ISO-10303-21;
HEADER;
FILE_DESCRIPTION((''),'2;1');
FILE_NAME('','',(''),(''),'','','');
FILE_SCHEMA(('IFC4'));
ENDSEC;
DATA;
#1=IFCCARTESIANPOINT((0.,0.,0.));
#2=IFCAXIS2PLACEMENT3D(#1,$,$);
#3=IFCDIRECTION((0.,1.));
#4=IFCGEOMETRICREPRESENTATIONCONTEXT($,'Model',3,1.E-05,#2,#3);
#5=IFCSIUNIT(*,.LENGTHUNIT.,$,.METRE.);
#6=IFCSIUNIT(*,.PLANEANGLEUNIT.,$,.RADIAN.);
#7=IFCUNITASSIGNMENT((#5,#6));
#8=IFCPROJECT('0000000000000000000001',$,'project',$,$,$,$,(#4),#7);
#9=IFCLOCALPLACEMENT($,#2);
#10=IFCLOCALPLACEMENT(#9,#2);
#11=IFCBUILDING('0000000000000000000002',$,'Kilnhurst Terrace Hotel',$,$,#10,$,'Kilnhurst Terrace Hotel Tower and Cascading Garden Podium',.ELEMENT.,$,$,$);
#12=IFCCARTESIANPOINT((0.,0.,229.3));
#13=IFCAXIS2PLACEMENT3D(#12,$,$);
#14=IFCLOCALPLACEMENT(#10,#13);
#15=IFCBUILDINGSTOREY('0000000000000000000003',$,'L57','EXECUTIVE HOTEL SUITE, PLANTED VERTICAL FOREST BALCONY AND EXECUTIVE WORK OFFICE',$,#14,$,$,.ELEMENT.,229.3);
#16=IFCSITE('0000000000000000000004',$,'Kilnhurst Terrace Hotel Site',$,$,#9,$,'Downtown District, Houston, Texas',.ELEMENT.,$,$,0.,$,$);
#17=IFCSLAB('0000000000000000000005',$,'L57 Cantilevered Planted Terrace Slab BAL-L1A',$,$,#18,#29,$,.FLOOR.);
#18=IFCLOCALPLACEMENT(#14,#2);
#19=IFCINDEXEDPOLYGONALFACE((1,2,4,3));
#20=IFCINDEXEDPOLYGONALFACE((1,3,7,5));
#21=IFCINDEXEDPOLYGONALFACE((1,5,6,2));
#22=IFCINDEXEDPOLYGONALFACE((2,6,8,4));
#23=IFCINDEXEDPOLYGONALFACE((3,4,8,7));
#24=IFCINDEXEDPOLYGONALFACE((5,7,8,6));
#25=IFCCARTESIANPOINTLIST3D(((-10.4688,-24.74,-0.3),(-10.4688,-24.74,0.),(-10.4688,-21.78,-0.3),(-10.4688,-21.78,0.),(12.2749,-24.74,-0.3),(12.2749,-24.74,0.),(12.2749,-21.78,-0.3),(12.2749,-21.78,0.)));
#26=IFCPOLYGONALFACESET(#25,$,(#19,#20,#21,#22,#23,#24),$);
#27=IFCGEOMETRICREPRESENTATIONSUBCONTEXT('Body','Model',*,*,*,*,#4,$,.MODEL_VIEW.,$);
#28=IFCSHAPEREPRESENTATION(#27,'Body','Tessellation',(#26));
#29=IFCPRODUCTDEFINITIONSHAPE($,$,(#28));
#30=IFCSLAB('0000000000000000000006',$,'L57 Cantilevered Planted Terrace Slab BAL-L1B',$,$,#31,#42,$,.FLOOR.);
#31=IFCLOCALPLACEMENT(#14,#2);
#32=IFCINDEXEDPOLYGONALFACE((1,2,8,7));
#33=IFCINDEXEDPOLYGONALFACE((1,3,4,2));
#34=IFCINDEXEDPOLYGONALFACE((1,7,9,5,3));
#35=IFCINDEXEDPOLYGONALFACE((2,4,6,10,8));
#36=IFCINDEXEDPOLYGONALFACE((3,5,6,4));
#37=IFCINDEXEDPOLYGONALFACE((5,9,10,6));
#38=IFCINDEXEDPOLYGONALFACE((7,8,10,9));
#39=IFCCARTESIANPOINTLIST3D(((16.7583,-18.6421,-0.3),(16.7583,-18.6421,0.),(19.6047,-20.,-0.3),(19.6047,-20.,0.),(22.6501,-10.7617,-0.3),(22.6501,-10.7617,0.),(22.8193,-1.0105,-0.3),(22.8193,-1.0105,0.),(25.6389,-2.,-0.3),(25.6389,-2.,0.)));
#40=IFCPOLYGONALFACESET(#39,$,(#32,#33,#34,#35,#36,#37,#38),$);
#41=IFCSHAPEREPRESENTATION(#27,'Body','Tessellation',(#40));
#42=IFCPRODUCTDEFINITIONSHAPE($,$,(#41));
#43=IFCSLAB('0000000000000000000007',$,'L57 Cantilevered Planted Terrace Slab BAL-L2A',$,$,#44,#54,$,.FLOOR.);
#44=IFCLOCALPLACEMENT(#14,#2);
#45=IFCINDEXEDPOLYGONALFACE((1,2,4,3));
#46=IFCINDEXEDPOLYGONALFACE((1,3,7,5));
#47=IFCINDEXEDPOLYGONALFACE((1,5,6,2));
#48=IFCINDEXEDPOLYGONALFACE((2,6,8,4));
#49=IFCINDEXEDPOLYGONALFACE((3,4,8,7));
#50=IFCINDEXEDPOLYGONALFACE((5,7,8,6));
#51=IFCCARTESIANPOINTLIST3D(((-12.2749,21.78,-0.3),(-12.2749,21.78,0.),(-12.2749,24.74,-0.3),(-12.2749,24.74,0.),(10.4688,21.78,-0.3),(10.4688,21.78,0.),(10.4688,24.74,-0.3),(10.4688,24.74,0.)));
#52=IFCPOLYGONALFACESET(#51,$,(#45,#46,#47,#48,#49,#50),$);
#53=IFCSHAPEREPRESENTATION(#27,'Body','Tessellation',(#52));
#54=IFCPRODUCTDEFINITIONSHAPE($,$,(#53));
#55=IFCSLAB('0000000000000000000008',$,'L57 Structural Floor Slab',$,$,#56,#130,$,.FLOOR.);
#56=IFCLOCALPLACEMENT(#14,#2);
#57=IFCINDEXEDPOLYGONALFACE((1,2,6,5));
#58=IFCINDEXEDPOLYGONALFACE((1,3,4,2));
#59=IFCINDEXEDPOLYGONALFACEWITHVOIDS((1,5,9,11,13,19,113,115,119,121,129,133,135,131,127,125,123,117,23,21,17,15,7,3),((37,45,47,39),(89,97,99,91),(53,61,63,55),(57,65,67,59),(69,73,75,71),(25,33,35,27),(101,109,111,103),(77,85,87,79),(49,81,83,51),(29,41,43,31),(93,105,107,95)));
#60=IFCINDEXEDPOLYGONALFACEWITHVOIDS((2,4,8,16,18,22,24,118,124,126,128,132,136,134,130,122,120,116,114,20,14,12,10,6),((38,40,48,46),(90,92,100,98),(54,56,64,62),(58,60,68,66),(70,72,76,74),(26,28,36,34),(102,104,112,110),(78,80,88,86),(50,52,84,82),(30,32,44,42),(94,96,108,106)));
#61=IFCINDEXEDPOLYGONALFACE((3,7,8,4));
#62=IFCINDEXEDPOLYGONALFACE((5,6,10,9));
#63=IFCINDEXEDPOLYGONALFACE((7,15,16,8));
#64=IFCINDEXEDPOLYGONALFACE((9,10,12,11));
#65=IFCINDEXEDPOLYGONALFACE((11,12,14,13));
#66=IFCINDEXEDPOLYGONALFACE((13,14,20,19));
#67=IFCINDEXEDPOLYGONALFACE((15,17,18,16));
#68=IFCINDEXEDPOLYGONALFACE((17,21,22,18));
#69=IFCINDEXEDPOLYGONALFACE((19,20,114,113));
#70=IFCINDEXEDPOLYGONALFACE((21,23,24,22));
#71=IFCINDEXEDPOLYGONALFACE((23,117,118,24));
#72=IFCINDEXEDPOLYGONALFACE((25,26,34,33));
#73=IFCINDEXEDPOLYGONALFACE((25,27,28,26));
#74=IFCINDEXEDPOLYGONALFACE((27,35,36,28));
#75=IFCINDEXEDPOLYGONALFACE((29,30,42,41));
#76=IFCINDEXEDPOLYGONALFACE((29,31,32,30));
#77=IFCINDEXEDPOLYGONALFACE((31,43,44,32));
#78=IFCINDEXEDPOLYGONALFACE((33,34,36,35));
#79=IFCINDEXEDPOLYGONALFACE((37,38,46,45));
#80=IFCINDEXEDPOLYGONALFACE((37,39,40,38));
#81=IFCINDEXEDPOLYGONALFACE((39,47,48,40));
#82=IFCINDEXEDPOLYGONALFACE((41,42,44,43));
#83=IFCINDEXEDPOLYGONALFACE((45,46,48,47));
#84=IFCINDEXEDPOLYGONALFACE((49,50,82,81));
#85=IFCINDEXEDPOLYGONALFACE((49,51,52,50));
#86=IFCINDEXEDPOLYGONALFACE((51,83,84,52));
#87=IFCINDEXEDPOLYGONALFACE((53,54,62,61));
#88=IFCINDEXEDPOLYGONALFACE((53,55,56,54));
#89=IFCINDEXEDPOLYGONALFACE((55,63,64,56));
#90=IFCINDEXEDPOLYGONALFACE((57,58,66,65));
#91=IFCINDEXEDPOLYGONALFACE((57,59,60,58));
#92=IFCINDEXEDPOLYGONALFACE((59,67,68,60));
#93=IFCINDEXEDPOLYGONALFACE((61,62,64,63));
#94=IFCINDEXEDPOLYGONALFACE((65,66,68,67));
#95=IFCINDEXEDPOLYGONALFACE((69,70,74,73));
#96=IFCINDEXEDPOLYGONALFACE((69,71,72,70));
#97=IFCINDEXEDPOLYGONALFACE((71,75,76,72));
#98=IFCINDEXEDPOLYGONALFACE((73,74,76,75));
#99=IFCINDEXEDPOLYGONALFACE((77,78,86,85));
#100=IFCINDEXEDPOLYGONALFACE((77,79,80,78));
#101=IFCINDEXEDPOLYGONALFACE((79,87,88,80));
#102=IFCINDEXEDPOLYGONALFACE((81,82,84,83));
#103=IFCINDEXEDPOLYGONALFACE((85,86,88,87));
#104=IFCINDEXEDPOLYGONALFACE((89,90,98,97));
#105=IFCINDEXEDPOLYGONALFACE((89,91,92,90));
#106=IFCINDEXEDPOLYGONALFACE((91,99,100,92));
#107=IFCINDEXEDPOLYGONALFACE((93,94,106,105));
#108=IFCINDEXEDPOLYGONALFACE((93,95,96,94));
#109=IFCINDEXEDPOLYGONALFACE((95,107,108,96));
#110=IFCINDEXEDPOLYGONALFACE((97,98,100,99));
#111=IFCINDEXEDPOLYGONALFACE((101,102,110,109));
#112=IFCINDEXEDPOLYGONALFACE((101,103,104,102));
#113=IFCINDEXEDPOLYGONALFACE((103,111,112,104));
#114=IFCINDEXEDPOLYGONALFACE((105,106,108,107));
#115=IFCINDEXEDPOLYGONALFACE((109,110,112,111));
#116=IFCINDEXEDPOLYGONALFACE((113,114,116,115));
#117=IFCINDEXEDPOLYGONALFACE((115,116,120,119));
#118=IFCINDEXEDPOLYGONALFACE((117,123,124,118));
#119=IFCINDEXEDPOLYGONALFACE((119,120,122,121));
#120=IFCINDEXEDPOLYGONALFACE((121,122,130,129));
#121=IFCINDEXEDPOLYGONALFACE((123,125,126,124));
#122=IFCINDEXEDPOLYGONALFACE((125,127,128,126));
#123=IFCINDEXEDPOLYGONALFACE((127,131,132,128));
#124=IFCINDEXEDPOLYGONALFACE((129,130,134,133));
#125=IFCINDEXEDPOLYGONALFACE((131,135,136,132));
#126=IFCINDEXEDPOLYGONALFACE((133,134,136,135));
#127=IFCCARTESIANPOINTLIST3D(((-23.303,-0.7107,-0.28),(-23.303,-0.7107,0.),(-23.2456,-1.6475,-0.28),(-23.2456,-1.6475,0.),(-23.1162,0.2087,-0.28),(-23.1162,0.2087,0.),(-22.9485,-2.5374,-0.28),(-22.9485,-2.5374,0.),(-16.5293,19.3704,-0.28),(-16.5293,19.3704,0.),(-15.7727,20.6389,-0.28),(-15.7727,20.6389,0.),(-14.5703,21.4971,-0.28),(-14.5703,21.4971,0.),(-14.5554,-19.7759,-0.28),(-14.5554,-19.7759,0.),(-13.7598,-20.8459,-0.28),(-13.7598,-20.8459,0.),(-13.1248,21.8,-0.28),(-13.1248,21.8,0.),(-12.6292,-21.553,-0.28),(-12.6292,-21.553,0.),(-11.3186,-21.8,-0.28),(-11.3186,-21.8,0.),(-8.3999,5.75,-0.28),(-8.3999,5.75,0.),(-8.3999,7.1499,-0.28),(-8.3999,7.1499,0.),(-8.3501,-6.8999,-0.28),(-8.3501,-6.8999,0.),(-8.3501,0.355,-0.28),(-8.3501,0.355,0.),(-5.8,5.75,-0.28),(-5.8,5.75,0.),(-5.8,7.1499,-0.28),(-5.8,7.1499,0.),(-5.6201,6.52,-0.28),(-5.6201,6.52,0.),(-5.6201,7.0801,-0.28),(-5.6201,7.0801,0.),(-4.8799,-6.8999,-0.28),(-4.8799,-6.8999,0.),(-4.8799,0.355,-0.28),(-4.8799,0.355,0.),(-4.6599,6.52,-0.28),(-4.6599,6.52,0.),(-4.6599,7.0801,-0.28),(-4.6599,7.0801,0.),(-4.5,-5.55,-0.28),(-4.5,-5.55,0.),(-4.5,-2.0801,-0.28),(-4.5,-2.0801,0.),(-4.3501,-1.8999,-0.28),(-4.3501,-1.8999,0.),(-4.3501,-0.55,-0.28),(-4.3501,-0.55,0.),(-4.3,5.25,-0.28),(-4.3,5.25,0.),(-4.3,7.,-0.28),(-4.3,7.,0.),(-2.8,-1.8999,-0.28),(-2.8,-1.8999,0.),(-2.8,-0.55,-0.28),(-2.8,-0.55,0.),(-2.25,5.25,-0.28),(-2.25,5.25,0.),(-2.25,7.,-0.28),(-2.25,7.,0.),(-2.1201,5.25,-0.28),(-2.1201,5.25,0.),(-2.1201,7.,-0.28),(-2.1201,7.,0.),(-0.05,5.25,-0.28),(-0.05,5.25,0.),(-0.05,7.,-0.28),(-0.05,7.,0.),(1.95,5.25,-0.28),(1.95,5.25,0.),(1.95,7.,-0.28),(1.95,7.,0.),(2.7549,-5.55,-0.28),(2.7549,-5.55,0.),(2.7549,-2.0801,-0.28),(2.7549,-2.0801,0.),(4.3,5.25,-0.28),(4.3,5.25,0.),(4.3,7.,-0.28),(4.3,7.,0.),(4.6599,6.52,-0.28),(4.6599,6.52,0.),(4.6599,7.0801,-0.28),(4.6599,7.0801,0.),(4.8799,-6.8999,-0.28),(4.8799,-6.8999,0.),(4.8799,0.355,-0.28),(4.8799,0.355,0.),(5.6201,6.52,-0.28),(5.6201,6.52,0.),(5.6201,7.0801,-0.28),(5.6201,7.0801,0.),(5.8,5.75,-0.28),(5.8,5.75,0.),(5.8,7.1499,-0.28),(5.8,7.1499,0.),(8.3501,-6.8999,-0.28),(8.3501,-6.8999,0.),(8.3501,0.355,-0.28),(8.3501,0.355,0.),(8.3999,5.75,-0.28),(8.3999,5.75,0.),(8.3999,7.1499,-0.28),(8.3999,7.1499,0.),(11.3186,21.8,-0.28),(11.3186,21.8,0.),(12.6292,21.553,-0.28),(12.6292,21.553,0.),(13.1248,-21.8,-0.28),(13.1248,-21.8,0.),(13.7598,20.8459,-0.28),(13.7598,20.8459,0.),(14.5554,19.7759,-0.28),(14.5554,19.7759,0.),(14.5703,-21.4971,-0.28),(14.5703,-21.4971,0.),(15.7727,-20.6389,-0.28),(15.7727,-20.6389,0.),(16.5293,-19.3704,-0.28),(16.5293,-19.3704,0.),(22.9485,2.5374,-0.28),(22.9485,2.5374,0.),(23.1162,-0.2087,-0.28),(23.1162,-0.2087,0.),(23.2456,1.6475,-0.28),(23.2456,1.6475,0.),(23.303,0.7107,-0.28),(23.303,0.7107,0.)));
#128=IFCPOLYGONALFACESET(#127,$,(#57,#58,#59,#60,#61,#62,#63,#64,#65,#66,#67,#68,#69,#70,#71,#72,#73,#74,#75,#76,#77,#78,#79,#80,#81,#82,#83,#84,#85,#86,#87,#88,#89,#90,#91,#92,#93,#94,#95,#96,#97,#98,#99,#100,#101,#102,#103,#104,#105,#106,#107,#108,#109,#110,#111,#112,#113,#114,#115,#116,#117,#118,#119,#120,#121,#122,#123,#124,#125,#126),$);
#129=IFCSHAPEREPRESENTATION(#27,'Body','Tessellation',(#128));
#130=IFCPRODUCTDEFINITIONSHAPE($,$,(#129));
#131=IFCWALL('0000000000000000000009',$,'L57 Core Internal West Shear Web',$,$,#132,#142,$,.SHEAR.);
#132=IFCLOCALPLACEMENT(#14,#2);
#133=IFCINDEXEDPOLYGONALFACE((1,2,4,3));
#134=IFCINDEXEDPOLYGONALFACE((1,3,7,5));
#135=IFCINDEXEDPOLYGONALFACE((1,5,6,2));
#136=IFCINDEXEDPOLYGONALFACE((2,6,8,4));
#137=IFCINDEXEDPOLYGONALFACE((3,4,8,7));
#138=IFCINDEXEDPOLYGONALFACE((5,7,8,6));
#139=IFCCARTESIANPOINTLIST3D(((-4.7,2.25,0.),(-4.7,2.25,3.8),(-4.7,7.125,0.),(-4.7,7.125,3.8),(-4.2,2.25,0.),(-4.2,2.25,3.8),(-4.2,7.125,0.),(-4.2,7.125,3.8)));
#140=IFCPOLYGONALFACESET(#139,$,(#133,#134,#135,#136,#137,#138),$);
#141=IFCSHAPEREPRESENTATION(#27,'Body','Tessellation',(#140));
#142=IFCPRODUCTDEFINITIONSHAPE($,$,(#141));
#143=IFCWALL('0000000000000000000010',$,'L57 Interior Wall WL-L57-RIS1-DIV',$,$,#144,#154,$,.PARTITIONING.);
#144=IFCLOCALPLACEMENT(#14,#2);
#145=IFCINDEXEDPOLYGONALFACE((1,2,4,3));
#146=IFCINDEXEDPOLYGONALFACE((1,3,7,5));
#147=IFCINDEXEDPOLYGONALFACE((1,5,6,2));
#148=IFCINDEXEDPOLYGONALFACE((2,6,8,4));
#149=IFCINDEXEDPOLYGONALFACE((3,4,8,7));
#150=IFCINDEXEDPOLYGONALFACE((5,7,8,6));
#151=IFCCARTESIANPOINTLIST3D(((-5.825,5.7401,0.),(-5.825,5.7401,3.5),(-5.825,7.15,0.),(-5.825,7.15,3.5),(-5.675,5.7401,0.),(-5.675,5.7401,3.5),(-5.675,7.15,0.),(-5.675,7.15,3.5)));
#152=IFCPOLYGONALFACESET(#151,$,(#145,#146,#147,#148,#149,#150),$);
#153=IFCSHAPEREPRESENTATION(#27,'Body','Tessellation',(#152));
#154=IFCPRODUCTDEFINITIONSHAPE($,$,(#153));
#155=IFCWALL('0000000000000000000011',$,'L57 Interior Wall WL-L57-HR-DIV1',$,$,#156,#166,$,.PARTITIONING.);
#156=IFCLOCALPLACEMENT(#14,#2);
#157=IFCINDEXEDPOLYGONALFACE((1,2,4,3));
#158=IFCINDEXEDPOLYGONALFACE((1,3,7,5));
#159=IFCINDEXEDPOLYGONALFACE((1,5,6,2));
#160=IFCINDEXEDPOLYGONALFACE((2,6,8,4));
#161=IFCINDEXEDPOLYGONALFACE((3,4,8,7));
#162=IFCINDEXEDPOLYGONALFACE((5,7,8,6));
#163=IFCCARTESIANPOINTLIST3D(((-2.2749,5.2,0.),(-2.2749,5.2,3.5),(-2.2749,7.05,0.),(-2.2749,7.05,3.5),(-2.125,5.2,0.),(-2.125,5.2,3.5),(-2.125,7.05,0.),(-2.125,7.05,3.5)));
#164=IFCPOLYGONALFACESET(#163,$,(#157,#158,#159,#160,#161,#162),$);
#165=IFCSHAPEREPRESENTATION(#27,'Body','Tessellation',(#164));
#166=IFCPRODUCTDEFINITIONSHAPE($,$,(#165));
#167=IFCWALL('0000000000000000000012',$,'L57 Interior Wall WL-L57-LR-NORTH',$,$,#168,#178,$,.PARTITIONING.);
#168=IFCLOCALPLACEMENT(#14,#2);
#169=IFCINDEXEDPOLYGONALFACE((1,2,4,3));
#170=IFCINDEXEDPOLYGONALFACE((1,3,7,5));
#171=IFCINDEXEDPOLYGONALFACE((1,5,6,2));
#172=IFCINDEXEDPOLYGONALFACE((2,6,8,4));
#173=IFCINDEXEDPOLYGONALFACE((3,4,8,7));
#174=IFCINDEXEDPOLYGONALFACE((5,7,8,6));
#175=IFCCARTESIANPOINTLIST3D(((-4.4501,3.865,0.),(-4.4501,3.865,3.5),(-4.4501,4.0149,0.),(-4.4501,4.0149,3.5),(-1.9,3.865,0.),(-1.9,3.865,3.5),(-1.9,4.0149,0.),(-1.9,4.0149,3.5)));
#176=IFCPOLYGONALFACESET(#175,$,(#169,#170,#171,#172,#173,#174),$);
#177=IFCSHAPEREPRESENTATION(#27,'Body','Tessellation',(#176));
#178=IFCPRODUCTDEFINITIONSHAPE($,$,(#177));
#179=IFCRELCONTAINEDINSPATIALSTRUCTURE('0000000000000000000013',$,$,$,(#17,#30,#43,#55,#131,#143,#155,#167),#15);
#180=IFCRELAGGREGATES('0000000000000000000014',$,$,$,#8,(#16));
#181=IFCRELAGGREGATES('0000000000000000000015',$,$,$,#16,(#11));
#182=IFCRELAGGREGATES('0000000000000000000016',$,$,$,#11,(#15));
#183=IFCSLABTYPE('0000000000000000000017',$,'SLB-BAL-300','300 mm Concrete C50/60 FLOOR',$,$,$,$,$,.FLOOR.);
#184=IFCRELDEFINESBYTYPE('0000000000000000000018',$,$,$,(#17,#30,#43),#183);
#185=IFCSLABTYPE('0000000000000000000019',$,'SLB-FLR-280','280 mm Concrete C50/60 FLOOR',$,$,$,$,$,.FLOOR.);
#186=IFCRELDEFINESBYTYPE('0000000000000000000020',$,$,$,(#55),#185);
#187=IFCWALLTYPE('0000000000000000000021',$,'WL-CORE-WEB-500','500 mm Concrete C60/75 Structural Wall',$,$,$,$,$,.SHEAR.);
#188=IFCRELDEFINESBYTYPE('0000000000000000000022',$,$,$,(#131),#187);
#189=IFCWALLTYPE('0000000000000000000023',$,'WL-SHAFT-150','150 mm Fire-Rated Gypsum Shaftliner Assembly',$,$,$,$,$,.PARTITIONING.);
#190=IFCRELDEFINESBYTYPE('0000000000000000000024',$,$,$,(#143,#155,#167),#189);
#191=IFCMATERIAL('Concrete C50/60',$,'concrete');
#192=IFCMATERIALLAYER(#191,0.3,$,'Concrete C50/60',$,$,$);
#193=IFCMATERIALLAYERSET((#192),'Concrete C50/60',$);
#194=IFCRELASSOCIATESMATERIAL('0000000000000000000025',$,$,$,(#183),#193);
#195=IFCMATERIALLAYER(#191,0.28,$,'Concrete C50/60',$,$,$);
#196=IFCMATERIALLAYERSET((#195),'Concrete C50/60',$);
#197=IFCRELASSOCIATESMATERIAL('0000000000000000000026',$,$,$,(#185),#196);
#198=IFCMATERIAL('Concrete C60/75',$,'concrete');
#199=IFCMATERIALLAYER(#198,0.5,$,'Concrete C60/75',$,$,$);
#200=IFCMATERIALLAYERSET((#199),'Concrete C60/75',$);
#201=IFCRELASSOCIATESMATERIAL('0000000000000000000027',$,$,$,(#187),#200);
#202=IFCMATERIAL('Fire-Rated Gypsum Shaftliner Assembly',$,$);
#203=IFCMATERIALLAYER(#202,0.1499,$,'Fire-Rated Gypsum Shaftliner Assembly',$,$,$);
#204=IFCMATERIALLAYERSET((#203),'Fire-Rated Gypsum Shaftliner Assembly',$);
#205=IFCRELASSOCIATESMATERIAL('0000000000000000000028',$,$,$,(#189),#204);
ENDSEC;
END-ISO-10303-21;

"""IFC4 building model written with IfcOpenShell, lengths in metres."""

from ifc_helpers import new_model, si_unit, direction, frame, frame_2d, origin, place, context, subcontext, project, spatial, polyline, rectangle, outline, extrude, material, layer, layer_set, type_object, element, save


model = new_model("IFC4")

# Units and contexts
model_context = context("Model", 3, precision=1e-05, world=origin(), true_north=direction((0.0, 1.0)))
body_context = subcontext(model_context, "Body", "Model", "MODEL_VIEW")
ifc_project = project(units=[si_unit("LENGTHUNIT", "METRE"), si_unit("PLANEANGLEUNIT", "RADIAN")], contexts=[model_context])

# Site, building, storey
site_placement = place(None, origin())
site = spatial("IfcSite", under=ifc_project, at=site_placement, Name="Kilnhurst Terrace Hotel Site", LongName="Downtown District, Houston, Texas", CompositionType="ELEMENT", RefElevation=0.0)
building_placement = place(site_placement, origin())
building = spatial("IfcBuilding", under=site, at=building_placement, Name="Kilnhurst Terrace Hotel", LongName="Kilnhurst Terrace Hotel Tower and Cascading Garden Podium", CompositionType="ELEMENT")
storey_placement = place(building_placement, frame((0.0, 0.0, 229.3)))
storey = spatial("IfcBuildingStorey", under=building, at=storey_placement, Name="L57", Description="EXECUTIVE HOTEL SUITE, PLANTED VERTICAL FOREST BALCONY AND EXECUTIVE WORK OFFICE", CompositionType="ELEMENT", Elevation=229.3)

# Slabs
ifc_material_1 = material(Name="Concrete C50/60", Category="concrete")
ifc_layer_1 = layer(ifc_material_1, 0.3, Name="Concrete C50/60")
ifc_layer_set_1 = layer_set([ifc_layer_1], Name="Concrete C50/60")
slab_type_1 = type_object("IfcSlabType", Name="SLB-BAL-300", Description="300 mm Concrete C50/60 FLOOR", PredefinedType="FLOOR", material=ifc_layer_set_1)
slab_1_placement = place(storey_placement, frame((0.0, 0.0, -0.3)))
element("IfcSlab", 1, at=slab_1_placement, inside=storey, type_object=slab_type_1, Name="L57 Cantilevered Planted Terrace Slab BAL-L1A", PredefinedType="FLOOR", context=body_context, shape_type="SweptSolid", body=[
    extrude(outline(polyline([(-10.4688, -21.78), (12.2749, -21.78), (12.2749, -24.74), (-10.4688, -24.74), (-10.4688, -21.78)])), origin(), (0.0, 0.0, 1.0), 0.3),
])
slab_2_placement = place(storey_placement, frame((0.0, 0.0, -0.3)))
element("IfcSlab", 2, at=slab_2_placement, inside=storey, type_object=slab_type_1, Name="L57 Cantilevered Planted Terrace Slab BAL-L1B", PredefinedType="FLOOR", context=body_context, shape_type="SweptSolid", body=[
    extrude(outline(polyline([(19.6047, -20.0), (16.7583, -18.6421), (22.8193, -1.0105), (25.6389, -2.0), (22.6501, -10.7617), (19.6047, -20.0)])), origin(), (0.0, 0.0, 1.0), 0.3),
])
slab_3_placement = place(storey_placement, frame((0.0, 0.0, -0.3)))
element("IfcSlab", 3, at=slab_3_placement, inside=storey, type_object=slab_type_1, Name="L57 Cantilevered Planted Terrace Slab BAL-L2A", PredefinedType="FLOOR", context=body_context, shape_type="SweptSolid", body=[
    extrude(outline(polyline([(-12.2749, 21.78), (-12.2749, 24.74), (10.4688, 24.74), (10.4688, 21.78), (-12.2749, 21.78)])), origin(), (0.0, 0.0, 1.0), 0.3),
])
ifc_layer_2 = layer(ifc_material_1, 0.28, Name="Concrete C50/60")
ifc_layer_set_2 = layer_set([ifc_layer_2], Name="Concrete C50/60")
slab_type_2 = type_object("IfcSlabType", Name="SLB-FLR-280", Description="280 mm Concrete C50/60 FLOOR", PredefinedType="FLOOR", material=ifc_layer_set_2)
slab_4_placement = place(storey_placement, frame((0.0, 0.0, -0.28)))
element("IfcSlab", 4, at=slab_4_placement, inside=storey, type_object=slab_type_2, Name="L57 Structural Floor Slab", PredefinedType="FLOOR", context=body_context, shape_type="SweptSolid", body=[
    extrude(outline(polyline([(-14.5554, -19.7759), (-13.7598, -20.8459), (-12.6292, -21.553), (-11.3186, -21.8), (13.1248, -21.8), (14.5703, -21.4971), (15.7727, -20.6389), (16.5293, -19.3704), (23.1162, -0.2087), (23.303, 0.7107), (23.2456, 1.6475), (22.9485, 2.5374), (14.5554, 19.7759), (13.7598, 20.8459), (12.6292, 21.553), (11.3186, 21.8), (-13.1248, 21.8), (-14.5703, 21.4971), (-15.7727, 20.6389), (-16.5293, 19.3704), (-23.1162, 0.2087), (-23.303, -0.7107), (-23.2456, -1.6475), (-22.9485, -2.5374), (-14.5554, -19.7759)]), holes=[polyline([(-8.3501, 0.355), (-4.8799, 0.355), (-4.8799, -6.8999), (-8.3501, -6.8999), (-8.3501, 0.355)]), polyline([(-2.8, -1.8999), (-4.3501, -1.8999), (-4.3501, -0.55), (-2.8, -0.55), (-2.8, -1.8999)]), polyline([(-2.25, 5.25), (-4.3, 5.25), (-4.3, 7.0), (-2.25, 7.0), (-2.25, 5.25)]), polyline([(-2.1201, 5.25), (-2.1201, 7.0), (-0.05, 7.0), (-0.05, 5.25), (-2.1201, 5.25)]), polyline([(-8.3999, 5.75), (-8.3999, 7.1499), (-5.8, 7.1499), (-5.8, 5.75), (-8.3999, 5.75)]), polyline([(-4.6599, 6.52), (-5.6201, 6.52), (-5.6201, 7.0801), (-4.6599, 7.0801), (-4.6599, 6.52)]), polyline([(2.7549, -5.55), (-4.5, -5.55), (-4.5, -2.0801), (2.7549, -2.0801), (2.7549, -5.55)]), polyline([(8.3501, 0.355), (8.3501, -6.8999), (4.8799, -6.8999), (4.8799, 0.355), (8.3501, 0.355)]), polyline([(4.3, 5.25), (1.95, 5.25), (1.95, 7.0), (4.3, 7.0), (4.3, 5.25)]), polyline([(5.8, 5.75), (5.8, 7.1499), (8.3999, 7.1499), (8.3999, 5.75), (5.8, 5.75)]), polyline([(4.6599, 6.52), (4.6599, 7.0801), (5.6201, 7.0801), (5.6201, 6.52), (4.6599, 6.52)])]), origin(), (0.0, 0.0, 1.0), 0.28),
])

# Walls
ifc_material_2 = material(Name="Concrete C60/75", Category="concrete")
ifc_layer_3 = layer(ifc_material_2, 0.5, Name="Concrete C60/75")
ifc_layer_set_3 = layer_set([ifc_layer_3], Name="Concrete C60/75")
wall_type_1 = type_object("IfcWallType", Name="WL-CORE-WEB-500", Description="500 mm Concrete C60/75 Structural Wall", PredefinedType="SHEAR", material=ifc_layer_set_3)
wall_1_placement = place(storey_placement, frame((-4.45, 2.25, 0.0), z_axis=(0.0, 0.0, 1.0), x_axis=(0.0, 1.0, 0.0)))
element("IfcWall", 5, at=wall_1_placement, inside=storey, type_object=wall_type_1, Name="L57 Core Internal West Shear Web", PredefinedType="SHEAR", context=body_context, shape_type="SweptSolid", body=[
    extrude(rectangle(XDim=4.875, YDim=0.5, at=frame_2d((2.4375, 0.0))), origin(), (0.0, 0.0, 1.0), 3.8),
])
ifc_material_3 = material(Name="Fire-Rated Gypsum Shaftliner Assembly")
ifc_layer_4 = layer(ifc_material_3, 0.1499, Name="Fire-Rated Gypsum Shaftliner Assembly")
ifc_layer_set_4 = layer_set([ifc_layer_4], Name="Fire-Rated Gypsum Shaftliner Assembly")
wall_type_2 = type_object("IfcWallType", Name="WL-SHAFT-150", Description="150 mm Fire-Rated Gypsum Shaftliner Assembly", PredefinedType="PARTITIONING", material=ifc_layer_set_4)
wall_2_placement = place(storey_placement, frame((-5.75, 5.74, 0.0), z_axis=(0.0, 0.0, 1.0), x_axis=(0.0, 1.0, 0.0)))
element("IfcWall", 6, at=wall_2_placement, inside=storey, type_object=wall_type_2, Name="L57 Interior Wall WL-L57-RIS1-DIV", PredefinedType="PARTITIONING", context=body_context, shape_type="SweptSolid", body=[
    extrude(rectangle(XDim=1.4099, YDim=0.1499, at=frame_2d((0.7051, 0.0))), origin(), (0.0, 0.0, 1.0), 3.5),
])
wall_3_placement = place(storey_placement, frame((-2.2, 5.2, 0.0), z_axis=(0.0, 0.0, 1.0), x_axis=(0.0, 1.0, 0.0)))
element("IfcWall", 7, at=wall_3_placement, inside=storey, type_object=wall_type_2, Name="L57 Interior Wall WL-L57-HR-DIV1", PredefinedType="PARTITIONING", context=body_context, shape_type="SweptSolid", body=[
    extrude(rectangle(XDim=1.8501, YDim=0.1499, at=frame_2d((0.925, 0.0))), origin(), (0.0, 0.0, 1.0), 3.5),
])
wall_4_placement = place(storey_placement, frame((-4.45, 3.9399, 0.0), z_axis=(0.0, 0.0, 1.0), x_axis=(1.0, 0.0, 0.0)))
element("IfcWall", 8, at=wall_4_placement, inside=storey, type_object=wall_type_2, Name="L57 Interior Wall WL-L57-LR-NORTH", PredefinedType="PARTITIONING", context=body_context, shape_type="SweptSolid", body=[
    extrude(rectangle(XDim=2.55, YDim=0.1499, at=frame_2d((1.2749, 0.0))), origin(), (0.0, 0.0, 1.0), 3.5),
])

save(model, "model.ifc")
